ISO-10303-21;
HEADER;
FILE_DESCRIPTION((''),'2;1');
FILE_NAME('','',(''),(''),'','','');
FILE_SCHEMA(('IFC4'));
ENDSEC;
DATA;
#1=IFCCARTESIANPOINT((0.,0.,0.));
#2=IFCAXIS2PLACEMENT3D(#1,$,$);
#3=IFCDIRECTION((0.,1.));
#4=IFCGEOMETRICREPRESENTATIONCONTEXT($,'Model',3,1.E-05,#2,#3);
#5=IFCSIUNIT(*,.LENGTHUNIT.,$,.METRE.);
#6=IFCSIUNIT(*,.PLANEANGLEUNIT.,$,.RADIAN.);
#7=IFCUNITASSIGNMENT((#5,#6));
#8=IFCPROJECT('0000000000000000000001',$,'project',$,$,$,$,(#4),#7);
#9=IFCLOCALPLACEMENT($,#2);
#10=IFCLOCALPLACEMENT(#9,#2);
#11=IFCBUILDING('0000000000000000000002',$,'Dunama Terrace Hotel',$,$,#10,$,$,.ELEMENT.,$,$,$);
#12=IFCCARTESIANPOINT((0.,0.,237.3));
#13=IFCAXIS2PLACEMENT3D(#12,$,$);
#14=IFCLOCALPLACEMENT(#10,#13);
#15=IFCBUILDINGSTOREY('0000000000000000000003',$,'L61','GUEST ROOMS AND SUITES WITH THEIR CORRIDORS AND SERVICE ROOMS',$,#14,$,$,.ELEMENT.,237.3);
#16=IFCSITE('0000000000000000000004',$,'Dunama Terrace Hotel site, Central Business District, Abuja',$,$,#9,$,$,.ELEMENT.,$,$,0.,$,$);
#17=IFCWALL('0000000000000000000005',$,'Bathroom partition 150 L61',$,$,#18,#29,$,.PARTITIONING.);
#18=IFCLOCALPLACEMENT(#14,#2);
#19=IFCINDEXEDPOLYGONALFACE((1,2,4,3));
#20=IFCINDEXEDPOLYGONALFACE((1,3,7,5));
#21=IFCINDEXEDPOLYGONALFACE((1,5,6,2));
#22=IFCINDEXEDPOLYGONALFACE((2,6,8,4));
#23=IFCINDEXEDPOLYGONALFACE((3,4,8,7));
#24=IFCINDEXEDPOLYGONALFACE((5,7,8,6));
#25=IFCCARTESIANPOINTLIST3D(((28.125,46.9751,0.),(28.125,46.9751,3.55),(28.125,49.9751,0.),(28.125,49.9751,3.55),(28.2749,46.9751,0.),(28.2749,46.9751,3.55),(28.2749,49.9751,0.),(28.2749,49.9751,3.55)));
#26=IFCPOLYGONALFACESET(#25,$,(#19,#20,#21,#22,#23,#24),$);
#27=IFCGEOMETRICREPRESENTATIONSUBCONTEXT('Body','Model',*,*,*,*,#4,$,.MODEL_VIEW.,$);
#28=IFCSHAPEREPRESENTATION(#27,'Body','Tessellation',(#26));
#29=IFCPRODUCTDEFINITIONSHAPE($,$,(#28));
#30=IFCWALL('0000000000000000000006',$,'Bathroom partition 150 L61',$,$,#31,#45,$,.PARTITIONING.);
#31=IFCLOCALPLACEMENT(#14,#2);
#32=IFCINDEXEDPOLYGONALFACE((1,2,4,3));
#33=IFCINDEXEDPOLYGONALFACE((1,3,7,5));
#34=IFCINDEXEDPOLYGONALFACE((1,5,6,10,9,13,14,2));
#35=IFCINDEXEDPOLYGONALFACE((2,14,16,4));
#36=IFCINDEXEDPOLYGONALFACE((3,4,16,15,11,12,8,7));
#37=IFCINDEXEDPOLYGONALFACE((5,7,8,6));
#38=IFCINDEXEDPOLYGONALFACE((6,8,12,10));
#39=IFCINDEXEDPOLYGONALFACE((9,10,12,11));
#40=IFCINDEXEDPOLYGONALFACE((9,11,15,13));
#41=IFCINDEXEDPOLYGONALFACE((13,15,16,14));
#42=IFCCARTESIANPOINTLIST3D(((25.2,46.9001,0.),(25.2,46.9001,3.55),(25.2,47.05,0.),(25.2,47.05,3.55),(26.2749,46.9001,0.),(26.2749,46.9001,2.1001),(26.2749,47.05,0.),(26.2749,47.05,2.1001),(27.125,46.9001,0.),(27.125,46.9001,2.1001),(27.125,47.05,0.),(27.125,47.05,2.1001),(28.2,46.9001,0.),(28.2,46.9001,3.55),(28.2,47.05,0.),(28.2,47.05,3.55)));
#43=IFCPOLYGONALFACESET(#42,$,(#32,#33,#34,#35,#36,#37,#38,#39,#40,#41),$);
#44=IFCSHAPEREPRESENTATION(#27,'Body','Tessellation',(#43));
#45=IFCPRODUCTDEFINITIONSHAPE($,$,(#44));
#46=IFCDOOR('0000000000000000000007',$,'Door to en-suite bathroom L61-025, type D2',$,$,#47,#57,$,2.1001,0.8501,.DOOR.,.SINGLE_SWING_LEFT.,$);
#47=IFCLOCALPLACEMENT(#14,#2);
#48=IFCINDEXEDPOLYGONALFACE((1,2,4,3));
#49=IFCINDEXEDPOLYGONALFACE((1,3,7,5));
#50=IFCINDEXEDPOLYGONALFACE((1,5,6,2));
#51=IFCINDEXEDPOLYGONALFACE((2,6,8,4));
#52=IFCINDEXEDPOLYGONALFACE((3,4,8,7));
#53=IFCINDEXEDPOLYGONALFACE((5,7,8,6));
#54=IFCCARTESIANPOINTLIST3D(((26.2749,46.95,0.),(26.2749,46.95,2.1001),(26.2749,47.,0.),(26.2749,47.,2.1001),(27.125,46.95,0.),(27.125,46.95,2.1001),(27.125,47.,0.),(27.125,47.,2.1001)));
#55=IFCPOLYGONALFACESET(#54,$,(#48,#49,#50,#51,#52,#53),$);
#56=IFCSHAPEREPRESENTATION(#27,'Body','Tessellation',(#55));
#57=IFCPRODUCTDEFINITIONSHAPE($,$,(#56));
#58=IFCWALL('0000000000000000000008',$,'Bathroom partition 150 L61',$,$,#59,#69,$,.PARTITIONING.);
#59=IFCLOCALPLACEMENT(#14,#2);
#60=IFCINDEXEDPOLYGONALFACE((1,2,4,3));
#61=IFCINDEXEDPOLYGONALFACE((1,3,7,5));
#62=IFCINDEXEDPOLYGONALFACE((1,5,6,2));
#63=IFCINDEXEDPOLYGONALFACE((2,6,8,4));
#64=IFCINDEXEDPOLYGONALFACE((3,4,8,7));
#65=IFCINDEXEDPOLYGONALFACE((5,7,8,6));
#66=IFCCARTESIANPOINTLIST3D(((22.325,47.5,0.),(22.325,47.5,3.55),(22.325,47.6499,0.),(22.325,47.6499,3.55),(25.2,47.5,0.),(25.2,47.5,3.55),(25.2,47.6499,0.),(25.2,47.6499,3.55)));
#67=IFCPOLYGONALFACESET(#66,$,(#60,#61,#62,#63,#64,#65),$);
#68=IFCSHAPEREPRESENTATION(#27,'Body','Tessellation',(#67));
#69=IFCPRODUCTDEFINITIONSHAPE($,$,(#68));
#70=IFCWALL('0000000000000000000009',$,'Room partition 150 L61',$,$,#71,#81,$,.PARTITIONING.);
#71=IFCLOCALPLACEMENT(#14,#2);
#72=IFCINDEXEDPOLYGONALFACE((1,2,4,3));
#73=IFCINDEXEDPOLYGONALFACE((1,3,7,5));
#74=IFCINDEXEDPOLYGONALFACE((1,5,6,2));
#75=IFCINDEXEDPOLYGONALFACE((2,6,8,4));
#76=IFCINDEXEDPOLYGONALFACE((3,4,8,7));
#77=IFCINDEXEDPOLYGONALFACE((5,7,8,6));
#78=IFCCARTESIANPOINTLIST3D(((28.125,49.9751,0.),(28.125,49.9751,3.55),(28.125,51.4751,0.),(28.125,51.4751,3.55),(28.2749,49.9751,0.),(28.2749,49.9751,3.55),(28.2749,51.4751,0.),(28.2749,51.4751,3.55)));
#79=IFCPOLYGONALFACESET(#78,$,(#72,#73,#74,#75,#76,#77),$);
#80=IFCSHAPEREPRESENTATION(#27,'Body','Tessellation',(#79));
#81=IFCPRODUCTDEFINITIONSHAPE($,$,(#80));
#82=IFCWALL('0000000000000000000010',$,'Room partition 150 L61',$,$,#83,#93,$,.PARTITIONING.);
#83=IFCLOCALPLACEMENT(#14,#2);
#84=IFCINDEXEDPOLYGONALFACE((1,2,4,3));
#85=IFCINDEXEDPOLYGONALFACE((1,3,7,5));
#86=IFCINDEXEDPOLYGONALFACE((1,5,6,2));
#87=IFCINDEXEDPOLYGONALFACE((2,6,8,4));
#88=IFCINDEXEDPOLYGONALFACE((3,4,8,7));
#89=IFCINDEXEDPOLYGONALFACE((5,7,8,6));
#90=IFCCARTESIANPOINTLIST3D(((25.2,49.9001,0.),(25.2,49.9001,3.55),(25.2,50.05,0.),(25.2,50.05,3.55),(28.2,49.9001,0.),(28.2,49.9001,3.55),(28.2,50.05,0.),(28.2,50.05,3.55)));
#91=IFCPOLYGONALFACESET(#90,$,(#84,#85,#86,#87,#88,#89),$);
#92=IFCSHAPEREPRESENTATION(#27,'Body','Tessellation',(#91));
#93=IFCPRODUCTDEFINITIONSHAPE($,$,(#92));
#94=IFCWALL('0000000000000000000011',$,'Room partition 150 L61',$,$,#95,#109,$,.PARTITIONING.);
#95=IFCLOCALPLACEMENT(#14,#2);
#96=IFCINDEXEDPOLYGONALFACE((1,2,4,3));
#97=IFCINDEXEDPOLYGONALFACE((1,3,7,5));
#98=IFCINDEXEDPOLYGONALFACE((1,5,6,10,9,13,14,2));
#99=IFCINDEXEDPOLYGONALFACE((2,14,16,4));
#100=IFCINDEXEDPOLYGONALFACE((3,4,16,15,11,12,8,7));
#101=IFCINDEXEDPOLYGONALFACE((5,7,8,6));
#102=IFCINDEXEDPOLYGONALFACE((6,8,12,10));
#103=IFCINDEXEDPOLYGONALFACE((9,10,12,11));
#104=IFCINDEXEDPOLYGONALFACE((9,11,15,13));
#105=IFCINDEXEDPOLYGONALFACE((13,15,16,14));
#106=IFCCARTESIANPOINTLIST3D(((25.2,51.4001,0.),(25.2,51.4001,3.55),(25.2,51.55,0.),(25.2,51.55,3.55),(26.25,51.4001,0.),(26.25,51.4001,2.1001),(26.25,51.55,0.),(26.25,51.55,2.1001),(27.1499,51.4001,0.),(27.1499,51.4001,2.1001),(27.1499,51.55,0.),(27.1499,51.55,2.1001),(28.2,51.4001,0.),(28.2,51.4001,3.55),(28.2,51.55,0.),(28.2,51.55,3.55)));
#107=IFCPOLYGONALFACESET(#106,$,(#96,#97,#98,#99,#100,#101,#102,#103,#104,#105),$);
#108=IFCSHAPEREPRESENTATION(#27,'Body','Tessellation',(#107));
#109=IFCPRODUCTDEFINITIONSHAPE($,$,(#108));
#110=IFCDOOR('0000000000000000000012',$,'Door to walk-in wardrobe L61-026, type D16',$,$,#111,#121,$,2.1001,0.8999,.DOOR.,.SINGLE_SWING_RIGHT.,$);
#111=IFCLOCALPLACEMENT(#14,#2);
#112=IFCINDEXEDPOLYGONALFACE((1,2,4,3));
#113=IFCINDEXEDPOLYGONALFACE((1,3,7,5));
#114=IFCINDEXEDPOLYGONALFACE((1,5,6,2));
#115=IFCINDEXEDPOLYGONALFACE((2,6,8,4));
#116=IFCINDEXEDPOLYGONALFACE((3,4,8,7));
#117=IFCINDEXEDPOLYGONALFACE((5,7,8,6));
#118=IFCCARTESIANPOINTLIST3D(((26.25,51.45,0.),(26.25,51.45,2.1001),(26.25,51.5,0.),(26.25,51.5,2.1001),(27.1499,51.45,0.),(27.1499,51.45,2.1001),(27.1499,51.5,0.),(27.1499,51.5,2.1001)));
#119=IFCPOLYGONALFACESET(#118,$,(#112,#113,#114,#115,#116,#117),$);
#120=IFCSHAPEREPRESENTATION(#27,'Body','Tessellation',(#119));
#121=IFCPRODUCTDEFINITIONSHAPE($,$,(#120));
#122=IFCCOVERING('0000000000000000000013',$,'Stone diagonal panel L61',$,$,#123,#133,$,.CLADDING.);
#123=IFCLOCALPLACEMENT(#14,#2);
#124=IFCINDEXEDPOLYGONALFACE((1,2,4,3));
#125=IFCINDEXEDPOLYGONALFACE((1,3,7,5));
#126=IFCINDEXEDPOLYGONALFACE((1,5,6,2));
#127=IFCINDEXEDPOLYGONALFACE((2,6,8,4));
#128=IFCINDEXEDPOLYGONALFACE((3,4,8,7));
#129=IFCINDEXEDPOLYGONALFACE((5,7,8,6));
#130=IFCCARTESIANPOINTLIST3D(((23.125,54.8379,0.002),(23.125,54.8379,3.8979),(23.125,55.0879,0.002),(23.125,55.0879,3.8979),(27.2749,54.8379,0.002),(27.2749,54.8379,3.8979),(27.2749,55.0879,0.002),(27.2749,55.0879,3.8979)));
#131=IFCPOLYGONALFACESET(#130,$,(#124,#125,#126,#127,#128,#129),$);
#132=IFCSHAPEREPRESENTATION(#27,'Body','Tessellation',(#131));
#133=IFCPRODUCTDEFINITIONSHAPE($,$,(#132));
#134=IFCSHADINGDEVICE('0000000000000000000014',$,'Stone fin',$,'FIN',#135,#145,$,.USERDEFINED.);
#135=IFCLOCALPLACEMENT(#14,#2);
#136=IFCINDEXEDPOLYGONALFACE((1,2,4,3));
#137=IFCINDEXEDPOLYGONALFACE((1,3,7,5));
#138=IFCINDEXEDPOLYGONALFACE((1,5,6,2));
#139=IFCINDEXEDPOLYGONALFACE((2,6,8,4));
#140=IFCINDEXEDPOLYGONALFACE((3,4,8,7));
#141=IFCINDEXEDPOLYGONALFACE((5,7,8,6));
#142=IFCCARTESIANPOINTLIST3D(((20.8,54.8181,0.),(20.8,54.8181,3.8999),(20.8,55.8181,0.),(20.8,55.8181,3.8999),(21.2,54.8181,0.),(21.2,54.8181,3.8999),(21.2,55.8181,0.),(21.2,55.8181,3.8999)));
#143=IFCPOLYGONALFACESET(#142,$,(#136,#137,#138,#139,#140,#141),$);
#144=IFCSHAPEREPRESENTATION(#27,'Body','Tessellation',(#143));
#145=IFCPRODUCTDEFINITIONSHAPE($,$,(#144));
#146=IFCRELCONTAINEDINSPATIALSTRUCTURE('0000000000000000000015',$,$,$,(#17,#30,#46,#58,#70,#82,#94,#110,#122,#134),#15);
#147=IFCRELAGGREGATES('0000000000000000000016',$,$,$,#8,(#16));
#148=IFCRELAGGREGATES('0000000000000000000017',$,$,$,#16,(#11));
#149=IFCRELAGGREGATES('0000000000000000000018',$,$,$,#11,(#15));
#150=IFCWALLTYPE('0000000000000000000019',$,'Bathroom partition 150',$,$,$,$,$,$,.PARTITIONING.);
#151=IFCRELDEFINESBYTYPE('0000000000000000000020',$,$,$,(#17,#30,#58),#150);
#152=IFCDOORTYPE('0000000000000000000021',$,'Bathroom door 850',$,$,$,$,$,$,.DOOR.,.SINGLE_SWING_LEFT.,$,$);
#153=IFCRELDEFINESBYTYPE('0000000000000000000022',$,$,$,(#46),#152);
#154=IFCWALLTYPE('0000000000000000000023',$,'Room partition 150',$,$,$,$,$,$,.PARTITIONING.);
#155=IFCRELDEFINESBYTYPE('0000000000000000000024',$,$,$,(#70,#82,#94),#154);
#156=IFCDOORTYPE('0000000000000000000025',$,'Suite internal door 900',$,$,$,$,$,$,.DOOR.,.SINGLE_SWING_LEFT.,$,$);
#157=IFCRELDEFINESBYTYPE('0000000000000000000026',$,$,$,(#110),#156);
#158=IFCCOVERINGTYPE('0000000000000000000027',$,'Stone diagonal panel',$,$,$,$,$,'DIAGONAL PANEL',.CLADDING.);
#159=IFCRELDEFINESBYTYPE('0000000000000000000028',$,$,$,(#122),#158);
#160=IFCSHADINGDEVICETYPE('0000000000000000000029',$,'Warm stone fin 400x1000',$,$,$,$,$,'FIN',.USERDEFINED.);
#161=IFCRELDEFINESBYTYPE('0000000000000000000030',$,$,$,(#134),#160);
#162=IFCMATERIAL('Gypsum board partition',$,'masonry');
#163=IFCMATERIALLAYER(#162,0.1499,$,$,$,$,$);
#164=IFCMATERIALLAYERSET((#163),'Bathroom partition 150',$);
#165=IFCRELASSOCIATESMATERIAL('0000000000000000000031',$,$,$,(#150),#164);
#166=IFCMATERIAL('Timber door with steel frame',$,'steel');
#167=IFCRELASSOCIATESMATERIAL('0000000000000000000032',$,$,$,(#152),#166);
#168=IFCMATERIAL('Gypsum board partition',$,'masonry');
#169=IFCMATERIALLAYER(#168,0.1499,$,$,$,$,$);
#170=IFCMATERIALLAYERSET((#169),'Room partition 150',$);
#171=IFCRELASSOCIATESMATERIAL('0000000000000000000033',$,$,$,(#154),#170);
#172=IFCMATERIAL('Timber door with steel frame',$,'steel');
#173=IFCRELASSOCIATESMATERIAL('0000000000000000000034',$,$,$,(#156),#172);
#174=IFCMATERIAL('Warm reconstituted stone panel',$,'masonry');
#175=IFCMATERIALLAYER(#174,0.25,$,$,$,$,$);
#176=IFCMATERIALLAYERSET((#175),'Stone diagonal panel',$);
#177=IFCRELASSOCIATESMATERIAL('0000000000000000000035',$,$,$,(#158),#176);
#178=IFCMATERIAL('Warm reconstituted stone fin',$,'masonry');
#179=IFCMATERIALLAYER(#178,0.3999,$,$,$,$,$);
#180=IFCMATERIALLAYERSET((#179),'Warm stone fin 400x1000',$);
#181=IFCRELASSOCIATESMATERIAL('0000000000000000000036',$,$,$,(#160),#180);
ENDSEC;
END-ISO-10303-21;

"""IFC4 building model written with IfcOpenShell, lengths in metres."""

from ifc_helpers import new_model, si_unit, direction, frame, frame_2d, origin, origin_2d, place, context, subcontext, project, spatial, rectangle, extrude, material, layer, layer_set, type_object, element, fill, save


model = new_model("IFC4")

# Units and contexts
model_context = context("Model", 3, precision=1e-05, world=origin(), true_north=direction((0.0, 1.0)))
body_context = subcontext(model_context, "Body", "Model", "MODEL_VIEW")
ifc_project = project(units=[si_unit("LENGTHUNIT", "METRE"), si_unit("PLANEANGLEUNIT", "RADIAN")], contexts=[model_context])

# Site, building, storey
site_placement = place(None, origin())
site = spatial("IfcSite", under=ifc_project, at=site_placement, Name="Dunama Terrace Hotel site, Central Business District, Abuja", CompositionType="ELEMENT", RefElevation=0.0)
building_placement = place(site_placement, origin())
building = spatial("IfcBuilding", under=site, at=building_placement, Name="Dunama Terrace Hotel", CompositionType="ELEMENT")
storey_placement = place(building_placement, frame((0.0, 0.0, 237.3)))
storey = spatial("IfcBuildingStorey", under=building, at=storey_placement, Name="L61", Description="GUEST ROOMS AND SUITES WITH THEIR CORRIDORS AND SERVICE ROOMS", CompositionType="ELEMENT", Elevation=237.3)

# Wall
ifc_material_1 = material(Name="Gypsum board partition", Category="masonry")
ifc_layer_1 = layer(ifc_material_1, 0.1499)
ifc_layer_set_1 = layer_set([ifc_layer_1], Name="Bathroom partition 150")
wall_type_1 = type_object("IfcWallType", Name="Bathroom partition 150", PredefinedType="PARTITIONING", material=ifc_layer_set_1)
wall_1_placement = place(storey_placement, frame((28.2, 46.9751, 0.0), z_axis=(0.0, 0.0, 1.0), x_axis=(0.0, 1.0, 0.0)))
element("IfcWall", 1, at=wall_1_placement, inside=storey, type_object=wall_type_1, Name="Bathroom partition 150 L61", PredefinedType="PARTITIONING", context=body_context, shape_type="SweptSolid", body=[
    extrude(rectangle(XDim=3.0, YDim=0.1499, at=frame_2d((1.5, 0.0))), origin(), (0.0, 0.0, 1.0), 3.55),
])

# Wall, opening, door
wall_2_placement = place(storey_placement, frame((25.2, 46.9751, 0.0), z_axis=(0.0, 0.0, 1.0), x_axis=(1.0, 0.0, 0.0)))
wall_2 = element("IfcWall", 2, at=wall_2_placement, inside=storey, type_object=wall_type_1, Name="Bathroom partition 150 L61", PredefinedType="PARTITIONING", context=body_context, shape_type="SweptSolid", body=[
    extrude(rectangle(XDim=3.0, YDim=0.1499, at=frame_2d((1.5, 0.0))), origin(), (0.0, 0.0, 1.0), 3.55),
])
opening_1_placement = place(wall_2_placement, frame((1.075, 0.0, 0.0)))
opening_1 = element("IfcOpeningElement", 3, at=opening_1_placement, cuts=wall_2, PredefinedType="OPENING", context=body_context, shape_type="SweptSolid", body=[
    extrude(rectangle(XDim=0.8501, YDim=2.1001, at=frame_2d((0.425, 1.05))), frame((0.0, 0.085, 0.0), z_axis=(0.0, -1.0, 0.0), x_axis=(1.0, 0.0, 0.0)), (0.0, 0.0, 1.0), 0.1699),
])
ifc_material_2 = material(Name="Timber door with steel frame", Category="steel")
door_type_1 = type_object("IfcDoorType", Name="Bathroom door 850", OperationType="SINGLE_SWING_LEFT", PredefinedType="DOOR", material=ifc_material_2)
door_1_placement = place(opening_1_placement, origin())
door_1 = element("IfcDoor", 4, at=door_1_placement, inside=storey, type_object=door_type_1, Name="Door to en-suite bathroom L61-025, type D2", OperationType="SINGLE_SWING_LEFT", OverallHeight=2.1001, OverallWidth=0.8501, PredefinedType="DOOR", context=body_context, shape_type="SweptSolid", body=[
    extrude(rectangle(XDim=0.8501, YDim=2.1001, at=frame_2d((0.425, 1.05))), frame((0.0, 0.0249, 0.0), z_axis=(0.0, -1.0, 0.0), x_axis=(1.0, 0.0, 0.0)), (0.0, 0.0, 1.0), 0.05),
])
fill(opening_1, door_1)

# Walls
wall_3_placement = place(storey_placement, frame((22.325, 47.575, 0.0), z_axis=(0.0, 0.0, 1.0), x_axis=(1.0, 0.0, 0.0)))
element("IfcWall", 5, at=wall_3_placement, inside=storey, type_object=wall_type_1, Name="Bathroom partition 150 L61", PredefinedType="PARTITIONING", context=body_context, shape_type="SweptSolid", body=[
    extrude(rectangle(XDim=2.875, YDim=0.1499, at=frame_2d((1.4375, 0.0))), origin(), (0.0, 0.0, 1.0), 3.55),
])
ifc_material_3 = material(Name="Gypsum board partition", Category="masonry")
ifc_layer_2 = layer(ifc_material_3, 0.1499)
ifc_layer_set_2 = layer_set([ifc_layer_2], Name="Room partition 150")
wall_type_2 = type_object("IfcWallType", Name="Room partition 150", PredefinedType="PARTITIONING", material=ifc_layer_set_2)
wall_4_placement = place(storey_placement, frame((28.2, 49.9751, 0.0), z_axis=(0.0, 0.0, 1.0), x_axis=(0.0, 1.0, 0.0)))
element("IfcWall", 6, at=wall_4_placement, inside=storey, type_object=wall_type_2, Name="Room partition 150 L61", PredefinedType="PARTITIONING", context=body_context, shape_type="SweptSolid", body=[
    extrude(rectangle(XDim=1.5, YDim=0.1499, at=frame_2d((0.75, 0.0))), origin(), (0.0, 0.0, 1.0), 3.55),
])
wall_5_placement = place(storey_placement, frame((25.2, 49.9751, 0.0), z_axis=(0.0, 0.0, 1.0), x_axis=(1.0, 0.0, 0.0)))
element("IfcWall", 7, at=wall_5_placement, inside=storey, type_object=wall_type_2, Name="Room partition 150 L61", PredefinedType="PARTITIONING", context=body_context, shape_type="SweptSolid", body=[
    extrude(rectangle(XDim=3.0, YDim=0.1499, at=frame_2d((1.5, 0.0))), origin(), (0.0, 0.0, 1.0), 3.55),
])

# Wall, opening, door
wall_6_placement = place(storey_placement, frame((25.2, 51.4751, 0.0), z_axis=(0.0, 0.0, 1.0), x_axis=(1.0, 0.0, 0.0)))
wall_6 = element("IfcWall", 8, at=wall_6_placement, inside=storey, type_object=wall_type_2, Name="Room partition 150 L61", PredefinedType="PARTITIONING", context=body_context, shape_type="SweptSolid", body=[
    extrude(rectangle(XDim=3.0, YDim=0.1499, at=frame_2d((1.5, 0.0))), origin(), (0.0, 0.0, 1.0), 3.55),
])
opening_2_placement = place(wall_6_placement, frame((1.05, 0.0, 0.0)))
opening_2 = element("IfcOpeningElement", 9, at=opening_2_placement, cuts=wall_6, PredefinedType="OPENING", context=body_context, shape_type="SweptSolid", body=[
    extrude(rectangle(XDim=0.8999, YDim=2.1001, at=frame_2d((0.45, 1.05))), frame((0.0, 0.085, 0.0), z_axis=(0.0, -1.0, 0.0), x_axis=(1.0, 0.0, 0.0)), (0.0, 0.0, 1.0), 0.1699),
])
ifc_material_4 = material(Name="Timber door with steel frame", Category="steel")
door_type_2 = type_object("IfcDoorType", Name="Suite internal door 900", OperationType="SINGLE_SWING_LEFT", PredefinedType="DOOR", material=ifc_material_4)
door_2_placement = place(opening_2_placement, frame((0.8999, 0.0, 0.0), z_axis=(0.0, 0.0, 1.0), x_axis=(-1.0, 0.0, 0.0)))
door_2 = element("IfcDoor", 10, at=door_2_placement, inside=storey, type_object=door_type_2, Name="Door to walk-in wardrobe L61-026, type D16", OperationType="SINGLE_SWING_RIGHT", OverallHeight=2.1001, OverallWidth=0.8999, PredefinedType="DOOR", context=body_context, shape_type="SweptSolid", body=[
    extrude(rectangle(XDim=0.8999, YDim=2.1001, at=frame_2d((0.45, 1.05))), frame((0.0, 0.0251, 0.0), z_axis=(0.0, -1.0, 0.0), x_axis=(1.0, 0.0, 0.0)), (0.0, 0.0, 1.0), 0.05),
])
fill(opening_2, door_2)

# Covering
ifc_material_5 = material(Name="Warm reconstituted stone panel", Category="masonry")
ifc_layer_3 = layer(ifc_material_5, 0.25)
ifc_layer_set_3 = layer_set([ifc_layer_3], Name="Stone diagonal panel")
covering_type = type_object("IfcCoveringType", Name="Stone diagonal panel", ElementType="DIAGONAL PANEL", PredefinedType="CLADDING", material=ifc_layer_set_3)
covering_placement = place(storey_placement, frame((25.2, 54.9629, 0.002), z_axis=(0.0, 0.0, 1.0), x_axis=(-1.0, 0.0, 0.0)))
element("IfcCovering", 11, at=covering_placement, inside=storey, type_object=covering_type, Name="Stone diagonal panel L61", PredefinedType="CLADDING", context=body_context, shape_type="SweptSolid", body=[
    extrude(rectangle(XDim=4.1499, YDim=0.25, at=origin_2d()), origin(), (0.0, 0.0, 1.0), 3.896),
])

# Shading device
ifc_material_6 = material(Name="Warm reconstituted stone fin", Category="masonry")
ifc_layer_4 = layer(ifc_material_6, 0.3999)
ifc_layer_set_4 = layer_set([ifc_layer_4], Name="Warm stone fin 400x1000")
shading_device_type = type_object("IfcShadingDeviceType", Name="Warm stone fin 400x1000", ElementType="FIN", PredefinedType="USERDEFINED", material=ifc_layer_set_4)
shading_device_placement = place(storey_placement, frame((21.0, 55.3181, 0.0), z_axis=(0.0, 0.0, 1.0), x_axis=(-1.0, 0.0, 0.0)))
element("IfcShadingDevice", 12, at=shading_device_placement, inside=storey, type_object=shading_device_type, Name="Stone fin", ObjectType="FIN", PredefinedType="USERDEFINED", context=body_context, shape_type="SweptSolid", body=[
    extrude(rectangle(XDim=0.3999, YDim=1.0, at=origin_2d()), origin(), (0.0, 0.0, 1.0), 3.8999),
])

save(model, "model.ifc")
